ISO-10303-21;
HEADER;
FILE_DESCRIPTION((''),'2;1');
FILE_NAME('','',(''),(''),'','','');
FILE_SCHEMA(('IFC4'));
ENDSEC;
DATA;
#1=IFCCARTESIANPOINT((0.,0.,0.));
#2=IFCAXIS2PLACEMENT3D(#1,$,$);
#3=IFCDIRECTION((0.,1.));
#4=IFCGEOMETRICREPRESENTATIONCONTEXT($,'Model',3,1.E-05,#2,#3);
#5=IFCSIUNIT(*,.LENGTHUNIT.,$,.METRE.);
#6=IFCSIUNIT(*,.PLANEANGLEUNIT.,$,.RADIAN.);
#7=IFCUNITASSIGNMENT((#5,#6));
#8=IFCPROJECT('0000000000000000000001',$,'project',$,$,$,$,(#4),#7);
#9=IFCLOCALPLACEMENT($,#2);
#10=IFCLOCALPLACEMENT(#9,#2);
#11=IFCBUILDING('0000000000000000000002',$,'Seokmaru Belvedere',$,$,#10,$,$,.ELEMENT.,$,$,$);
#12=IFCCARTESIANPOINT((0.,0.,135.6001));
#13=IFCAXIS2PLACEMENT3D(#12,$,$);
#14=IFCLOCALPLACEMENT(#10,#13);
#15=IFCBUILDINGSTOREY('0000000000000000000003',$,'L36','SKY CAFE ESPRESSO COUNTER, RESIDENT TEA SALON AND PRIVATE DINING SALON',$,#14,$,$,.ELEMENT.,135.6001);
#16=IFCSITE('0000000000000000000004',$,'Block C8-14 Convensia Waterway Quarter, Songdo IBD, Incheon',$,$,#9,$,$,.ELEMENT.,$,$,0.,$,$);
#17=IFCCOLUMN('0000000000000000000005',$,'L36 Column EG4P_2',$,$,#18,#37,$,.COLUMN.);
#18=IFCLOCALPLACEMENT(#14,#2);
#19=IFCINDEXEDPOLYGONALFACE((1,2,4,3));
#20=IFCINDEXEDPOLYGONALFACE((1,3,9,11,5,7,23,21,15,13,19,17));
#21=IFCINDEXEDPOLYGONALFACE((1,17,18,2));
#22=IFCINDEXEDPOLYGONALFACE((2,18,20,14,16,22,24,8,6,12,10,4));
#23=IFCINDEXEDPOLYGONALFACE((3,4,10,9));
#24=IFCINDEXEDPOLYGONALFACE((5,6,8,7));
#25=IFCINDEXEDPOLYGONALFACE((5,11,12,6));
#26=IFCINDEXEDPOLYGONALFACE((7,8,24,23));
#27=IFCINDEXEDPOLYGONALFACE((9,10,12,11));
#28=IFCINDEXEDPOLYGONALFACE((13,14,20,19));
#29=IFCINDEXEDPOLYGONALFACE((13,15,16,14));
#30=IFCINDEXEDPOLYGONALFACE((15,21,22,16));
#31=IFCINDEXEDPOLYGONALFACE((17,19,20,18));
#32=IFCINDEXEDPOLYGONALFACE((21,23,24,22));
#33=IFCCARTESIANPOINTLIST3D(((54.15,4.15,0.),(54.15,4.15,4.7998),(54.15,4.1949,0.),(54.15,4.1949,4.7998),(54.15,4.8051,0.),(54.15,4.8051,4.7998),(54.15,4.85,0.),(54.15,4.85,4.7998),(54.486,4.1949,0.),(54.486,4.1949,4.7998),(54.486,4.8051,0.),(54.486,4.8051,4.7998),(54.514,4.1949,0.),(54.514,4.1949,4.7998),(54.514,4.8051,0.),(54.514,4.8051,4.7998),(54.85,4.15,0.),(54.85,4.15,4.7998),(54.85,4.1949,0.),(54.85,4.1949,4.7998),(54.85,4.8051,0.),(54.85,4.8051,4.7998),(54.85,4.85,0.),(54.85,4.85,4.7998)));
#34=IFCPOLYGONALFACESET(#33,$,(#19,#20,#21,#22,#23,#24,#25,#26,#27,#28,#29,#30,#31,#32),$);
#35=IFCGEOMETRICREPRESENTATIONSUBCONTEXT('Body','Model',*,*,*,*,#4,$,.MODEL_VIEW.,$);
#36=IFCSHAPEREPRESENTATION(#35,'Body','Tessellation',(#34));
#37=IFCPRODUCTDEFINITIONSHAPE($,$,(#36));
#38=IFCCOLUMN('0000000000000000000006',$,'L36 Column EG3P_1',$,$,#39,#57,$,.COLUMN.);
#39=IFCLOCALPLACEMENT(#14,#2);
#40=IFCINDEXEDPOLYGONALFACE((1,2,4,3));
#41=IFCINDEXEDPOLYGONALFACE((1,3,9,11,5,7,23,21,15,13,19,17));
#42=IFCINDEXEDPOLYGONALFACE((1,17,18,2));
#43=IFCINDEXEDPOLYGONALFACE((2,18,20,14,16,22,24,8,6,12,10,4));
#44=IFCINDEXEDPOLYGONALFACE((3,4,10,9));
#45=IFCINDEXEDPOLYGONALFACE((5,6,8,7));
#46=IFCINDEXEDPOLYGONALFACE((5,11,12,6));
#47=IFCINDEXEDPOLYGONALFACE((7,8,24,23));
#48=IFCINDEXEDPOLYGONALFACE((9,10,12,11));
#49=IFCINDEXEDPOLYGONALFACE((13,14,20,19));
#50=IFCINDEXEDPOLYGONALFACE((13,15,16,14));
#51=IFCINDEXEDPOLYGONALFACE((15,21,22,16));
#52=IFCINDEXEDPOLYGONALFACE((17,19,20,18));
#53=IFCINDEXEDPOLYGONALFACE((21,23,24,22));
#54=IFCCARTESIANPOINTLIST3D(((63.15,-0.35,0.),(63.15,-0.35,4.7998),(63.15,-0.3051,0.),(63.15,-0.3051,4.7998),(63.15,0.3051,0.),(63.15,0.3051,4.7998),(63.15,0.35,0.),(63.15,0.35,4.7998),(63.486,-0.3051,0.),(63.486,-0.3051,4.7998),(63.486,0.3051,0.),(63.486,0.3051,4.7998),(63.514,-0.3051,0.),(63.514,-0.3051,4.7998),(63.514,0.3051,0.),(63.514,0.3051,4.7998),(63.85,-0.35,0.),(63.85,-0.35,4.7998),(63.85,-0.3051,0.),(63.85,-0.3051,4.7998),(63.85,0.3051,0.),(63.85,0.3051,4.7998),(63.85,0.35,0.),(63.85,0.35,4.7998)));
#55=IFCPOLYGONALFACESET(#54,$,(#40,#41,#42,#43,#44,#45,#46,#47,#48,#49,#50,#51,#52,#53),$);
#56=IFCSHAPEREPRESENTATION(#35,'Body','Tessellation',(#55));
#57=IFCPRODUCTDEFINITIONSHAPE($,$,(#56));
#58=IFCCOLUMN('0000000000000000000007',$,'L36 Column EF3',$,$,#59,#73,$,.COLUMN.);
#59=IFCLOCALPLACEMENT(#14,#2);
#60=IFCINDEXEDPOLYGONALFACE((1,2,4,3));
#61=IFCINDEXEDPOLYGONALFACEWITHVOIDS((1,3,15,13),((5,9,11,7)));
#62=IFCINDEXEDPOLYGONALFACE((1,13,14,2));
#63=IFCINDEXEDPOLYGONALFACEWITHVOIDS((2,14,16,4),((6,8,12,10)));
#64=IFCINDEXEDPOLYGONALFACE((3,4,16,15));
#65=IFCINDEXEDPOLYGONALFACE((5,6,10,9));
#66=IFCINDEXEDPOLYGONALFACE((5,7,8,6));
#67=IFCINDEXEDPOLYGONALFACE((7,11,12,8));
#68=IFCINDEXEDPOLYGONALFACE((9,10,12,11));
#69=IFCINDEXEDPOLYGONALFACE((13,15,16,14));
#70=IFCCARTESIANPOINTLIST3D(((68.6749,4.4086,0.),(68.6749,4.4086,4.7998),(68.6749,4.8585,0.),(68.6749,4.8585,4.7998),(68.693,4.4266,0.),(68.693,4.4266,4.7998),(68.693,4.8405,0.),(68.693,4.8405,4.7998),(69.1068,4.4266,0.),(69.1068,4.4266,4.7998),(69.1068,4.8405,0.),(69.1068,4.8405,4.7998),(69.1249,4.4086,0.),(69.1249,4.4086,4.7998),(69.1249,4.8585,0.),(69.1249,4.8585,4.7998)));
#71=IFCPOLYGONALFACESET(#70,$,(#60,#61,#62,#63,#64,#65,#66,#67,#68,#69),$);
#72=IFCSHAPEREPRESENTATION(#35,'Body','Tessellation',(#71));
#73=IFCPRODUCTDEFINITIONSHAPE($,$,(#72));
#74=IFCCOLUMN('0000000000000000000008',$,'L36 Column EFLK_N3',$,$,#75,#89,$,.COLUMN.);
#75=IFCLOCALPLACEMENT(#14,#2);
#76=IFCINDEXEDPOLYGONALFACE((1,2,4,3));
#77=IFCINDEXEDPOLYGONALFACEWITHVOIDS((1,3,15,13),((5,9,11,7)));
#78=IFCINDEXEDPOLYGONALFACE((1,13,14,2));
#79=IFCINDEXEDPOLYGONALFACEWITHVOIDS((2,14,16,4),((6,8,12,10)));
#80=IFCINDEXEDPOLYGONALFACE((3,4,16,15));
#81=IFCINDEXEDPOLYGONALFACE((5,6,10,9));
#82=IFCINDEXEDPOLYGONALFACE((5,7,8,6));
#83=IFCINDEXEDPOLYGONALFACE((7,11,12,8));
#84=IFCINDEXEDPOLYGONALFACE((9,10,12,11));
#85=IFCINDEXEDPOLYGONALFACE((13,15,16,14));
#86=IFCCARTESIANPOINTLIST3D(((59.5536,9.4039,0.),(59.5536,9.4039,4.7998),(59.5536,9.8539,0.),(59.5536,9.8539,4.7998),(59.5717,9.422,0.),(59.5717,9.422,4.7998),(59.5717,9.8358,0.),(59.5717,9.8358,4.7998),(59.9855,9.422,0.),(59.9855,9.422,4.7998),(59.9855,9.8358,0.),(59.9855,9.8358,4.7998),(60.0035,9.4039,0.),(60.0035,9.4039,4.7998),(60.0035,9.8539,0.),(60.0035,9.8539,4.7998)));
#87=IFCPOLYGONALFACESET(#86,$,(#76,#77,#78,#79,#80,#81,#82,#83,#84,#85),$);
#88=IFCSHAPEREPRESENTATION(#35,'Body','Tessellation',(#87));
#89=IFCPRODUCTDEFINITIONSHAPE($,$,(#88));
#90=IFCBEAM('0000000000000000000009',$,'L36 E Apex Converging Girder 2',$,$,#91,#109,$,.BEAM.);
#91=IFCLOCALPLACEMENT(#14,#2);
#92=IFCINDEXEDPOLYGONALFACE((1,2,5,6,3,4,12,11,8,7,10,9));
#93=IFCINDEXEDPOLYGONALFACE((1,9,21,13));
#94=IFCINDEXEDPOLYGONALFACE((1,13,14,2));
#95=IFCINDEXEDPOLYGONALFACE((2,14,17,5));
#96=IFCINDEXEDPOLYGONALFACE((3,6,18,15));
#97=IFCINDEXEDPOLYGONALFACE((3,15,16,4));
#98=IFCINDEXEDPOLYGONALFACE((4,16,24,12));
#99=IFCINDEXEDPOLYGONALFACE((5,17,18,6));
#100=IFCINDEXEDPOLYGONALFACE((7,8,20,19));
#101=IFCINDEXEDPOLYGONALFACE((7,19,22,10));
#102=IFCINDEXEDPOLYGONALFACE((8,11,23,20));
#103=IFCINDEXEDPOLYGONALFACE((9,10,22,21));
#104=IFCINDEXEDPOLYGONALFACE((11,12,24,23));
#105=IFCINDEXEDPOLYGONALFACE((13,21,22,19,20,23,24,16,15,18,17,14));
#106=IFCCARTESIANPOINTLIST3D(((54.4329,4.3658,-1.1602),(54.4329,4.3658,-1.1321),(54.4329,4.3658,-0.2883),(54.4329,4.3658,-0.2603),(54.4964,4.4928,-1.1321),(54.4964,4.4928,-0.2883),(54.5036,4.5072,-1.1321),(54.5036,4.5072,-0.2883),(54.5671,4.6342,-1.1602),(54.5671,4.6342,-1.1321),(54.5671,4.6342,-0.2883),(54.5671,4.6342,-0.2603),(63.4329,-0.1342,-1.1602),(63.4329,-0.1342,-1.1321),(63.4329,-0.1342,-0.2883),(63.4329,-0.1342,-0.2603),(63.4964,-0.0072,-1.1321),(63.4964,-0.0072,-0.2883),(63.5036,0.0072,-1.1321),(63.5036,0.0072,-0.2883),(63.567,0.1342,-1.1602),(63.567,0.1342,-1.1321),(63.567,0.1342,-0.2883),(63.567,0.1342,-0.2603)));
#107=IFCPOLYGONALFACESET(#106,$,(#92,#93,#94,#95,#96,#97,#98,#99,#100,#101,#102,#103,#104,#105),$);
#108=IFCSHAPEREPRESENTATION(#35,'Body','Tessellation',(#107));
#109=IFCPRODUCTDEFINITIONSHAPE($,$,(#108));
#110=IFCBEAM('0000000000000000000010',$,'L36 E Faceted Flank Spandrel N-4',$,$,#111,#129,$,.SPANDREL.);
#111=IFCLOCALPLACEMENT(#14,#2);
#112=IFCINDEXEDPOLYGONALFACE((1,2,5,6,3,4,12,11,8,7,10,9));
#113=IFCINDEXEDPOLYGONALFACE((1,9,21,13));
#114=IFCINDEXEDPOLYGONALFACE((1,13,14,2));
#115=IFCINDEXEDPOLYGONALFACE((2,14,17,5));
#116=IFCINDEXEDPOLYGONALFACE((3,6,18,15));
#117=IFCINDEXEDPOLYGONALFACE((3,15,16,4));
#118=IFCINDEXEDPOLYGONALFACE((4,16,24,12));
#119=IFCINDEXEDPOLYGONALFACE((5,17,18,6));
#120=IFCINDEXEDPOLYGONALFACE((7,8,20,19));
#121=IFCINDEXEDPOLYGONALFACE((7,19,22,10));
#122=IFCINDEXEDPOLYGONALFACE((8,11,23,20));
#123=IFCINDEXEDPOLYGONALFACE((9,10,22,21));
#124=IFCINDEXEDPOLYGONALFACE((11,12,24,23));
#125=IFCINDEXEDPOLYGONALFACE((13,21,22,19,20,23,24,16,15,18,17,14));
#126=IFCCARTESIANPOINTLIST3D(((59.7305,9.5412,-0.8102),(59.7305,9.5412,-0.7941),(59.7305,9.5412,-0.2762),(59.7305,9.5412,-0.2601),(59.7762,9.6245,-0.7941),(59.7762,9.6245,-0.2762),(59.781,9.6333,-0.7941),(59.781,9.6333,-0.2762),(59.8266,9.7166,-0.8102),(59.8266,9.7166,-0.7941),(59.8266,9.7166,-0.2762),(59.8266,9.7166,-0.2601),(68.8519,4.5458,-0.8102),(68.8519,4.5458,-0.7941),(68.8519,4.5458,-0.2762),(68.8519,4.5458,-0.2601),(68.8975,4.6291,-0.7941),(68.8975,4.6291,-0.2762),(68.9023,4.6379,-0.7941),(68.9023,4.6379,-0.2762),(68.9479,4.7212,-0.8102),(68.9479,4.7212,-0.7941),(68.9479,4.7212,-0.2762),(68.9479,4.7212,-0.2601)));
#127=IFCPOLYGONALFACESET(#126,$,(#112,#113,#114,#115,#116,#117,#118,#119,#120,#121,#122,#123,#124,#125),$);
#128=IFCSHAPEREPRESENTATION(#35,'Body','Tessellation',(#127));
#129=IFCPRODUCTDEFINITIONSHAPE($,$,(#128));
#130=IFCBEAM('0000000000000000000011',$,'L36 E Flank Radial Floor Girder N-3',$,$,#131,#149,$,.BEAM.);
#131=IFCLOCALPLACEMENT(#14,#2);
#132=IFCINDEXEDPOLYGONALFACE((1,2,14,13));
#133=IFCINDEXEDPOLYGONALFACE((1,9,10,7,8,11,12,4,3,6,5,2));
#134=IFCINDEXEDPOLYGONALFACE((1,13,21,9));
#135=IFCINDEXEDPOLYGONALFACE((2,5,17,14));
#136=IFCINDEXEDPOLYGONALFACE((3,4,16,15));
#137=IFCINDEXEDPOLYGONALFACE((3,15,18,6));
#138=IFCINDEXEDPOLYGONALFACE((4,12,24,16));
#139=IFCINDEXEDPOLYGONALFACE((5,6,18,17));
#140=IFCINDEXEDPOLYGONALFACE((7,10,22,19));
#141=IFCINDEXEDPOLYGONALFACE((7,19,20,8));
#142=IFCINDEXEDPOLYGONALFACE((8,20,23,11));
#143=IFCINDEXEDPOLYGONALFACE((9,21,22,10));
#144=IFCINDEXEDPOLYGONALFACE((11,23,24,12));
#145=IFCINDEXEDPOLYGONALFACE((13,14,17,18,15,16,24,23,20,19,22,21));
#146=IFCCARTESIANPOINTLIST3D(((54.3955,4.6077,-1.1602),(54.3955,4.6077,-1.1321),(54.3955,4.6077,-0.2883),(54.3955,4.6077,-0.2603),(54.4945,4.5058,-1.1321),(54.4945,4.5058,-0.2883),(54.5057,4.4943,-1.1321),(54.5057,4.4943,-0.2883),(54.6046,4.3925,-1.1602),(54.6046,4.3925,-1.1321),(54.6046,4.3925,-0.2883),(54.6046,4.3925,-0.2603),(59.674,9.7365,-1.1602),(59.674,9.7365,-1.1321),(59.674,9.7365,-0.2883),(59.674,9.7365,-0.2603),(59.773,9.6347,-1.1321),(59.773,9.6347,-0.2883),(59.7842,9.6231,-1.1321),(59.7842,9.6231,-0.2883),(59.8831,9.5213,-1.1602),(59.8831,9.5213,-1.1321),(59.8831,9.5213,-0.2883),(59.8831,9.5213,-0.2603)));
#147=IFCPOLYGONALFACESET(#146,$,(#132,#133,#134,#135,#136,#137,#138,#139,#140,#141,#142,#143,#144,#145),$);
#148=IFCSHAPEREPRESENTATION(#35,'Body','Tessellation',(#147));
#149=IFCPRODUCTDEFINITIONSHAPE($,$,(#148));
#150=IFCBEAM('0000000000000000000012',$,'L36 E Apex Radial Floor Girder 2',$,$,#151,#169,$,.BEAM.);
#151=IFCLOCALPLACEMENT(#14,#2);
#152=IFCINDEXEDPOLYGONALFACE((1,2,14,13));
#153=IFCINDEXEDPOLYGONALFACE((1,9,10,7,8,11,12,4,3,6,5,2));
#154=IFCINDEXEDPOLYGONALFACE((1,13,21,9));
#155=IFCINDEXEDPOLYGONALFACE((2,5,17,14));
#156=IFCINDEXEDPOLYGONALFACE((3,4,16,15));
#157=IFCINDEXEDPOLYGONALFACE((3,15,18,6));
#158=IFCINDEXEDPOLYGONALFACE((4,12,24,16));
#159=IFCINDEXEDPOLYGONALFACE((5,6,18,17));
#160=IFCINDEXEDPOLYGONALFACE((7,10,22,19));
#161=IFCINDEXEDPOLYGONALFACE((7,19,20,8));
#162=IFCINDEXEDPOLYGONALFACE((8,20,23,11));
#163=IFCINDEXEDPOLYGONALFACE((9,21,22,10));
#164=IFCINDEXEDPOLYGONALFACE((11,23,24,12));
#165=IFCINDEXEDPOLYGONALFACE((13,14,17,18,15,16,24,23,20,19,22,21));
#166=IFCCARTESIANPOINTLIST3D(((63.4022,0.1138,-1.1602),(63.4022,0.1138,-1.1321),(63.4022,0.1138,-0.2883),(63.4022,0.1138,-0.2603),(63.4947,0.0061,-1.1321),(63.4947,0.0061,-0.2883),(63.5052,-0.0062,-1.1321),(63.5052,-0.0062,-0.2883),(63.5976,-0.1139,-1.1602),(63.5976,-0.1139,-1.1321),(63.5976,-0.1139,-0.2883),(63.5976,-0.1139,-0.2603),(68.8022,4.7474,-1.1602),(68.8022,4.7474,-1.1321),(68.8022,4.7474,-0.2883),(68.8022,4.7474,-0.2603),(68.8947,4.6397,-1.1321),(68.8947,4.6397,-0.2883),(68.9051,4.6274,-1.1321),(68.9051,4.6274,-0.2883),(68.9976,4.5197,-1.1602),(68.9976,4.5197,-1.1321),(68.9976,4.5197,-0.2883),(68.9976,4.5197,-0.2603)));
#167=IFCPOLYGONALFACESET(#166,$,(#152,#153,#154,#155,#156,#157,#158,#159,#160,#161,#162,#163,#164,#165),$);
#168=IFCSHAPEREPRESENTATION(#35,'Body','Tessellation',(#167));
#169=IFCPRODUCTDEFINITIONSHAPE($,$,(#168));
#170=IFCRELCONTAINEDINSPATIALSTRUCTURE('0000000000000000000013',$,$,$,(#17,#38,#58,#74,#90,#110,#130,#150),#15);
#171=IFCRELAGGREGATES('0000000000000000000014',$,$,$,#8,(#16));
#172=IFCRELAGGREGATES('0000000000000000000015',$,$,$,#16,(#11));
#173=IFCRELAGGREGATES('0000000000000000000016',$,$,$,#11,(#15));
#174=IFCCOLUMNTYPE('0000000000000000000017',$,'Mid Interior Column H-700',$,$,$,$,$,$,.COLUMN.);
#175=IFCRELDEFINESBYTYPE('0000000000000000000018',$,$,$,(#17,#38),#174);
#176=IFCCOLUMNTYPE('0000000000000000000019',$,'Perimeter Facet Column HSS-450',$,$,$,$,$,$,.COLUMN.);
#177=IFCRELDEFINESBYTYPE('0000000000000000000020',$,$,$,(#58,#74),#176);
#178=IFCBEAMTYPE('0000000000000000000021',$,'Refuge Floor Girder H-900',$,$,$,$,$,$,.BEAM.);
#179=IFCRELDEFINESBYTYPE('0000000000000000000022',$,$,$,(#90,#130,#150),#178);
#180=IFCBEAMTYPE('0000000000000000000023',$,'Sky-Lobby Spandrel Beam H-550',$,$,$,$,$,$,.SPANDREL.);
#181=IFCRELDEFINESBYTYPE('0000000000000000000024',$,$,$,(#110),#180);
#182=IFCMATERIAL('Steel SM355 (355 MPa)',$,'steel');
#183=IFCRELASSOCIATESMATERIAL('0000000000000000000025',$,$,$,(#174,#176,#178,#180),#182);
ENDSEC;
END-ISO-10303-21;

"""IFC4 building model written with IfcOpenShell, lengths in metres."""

from ifc_helpers import new_model, si_unit, direction, frame, origin, origin_2d, place, context, subcontext, project, spatial, hollow_rectangle, i_section, extrude, source, transform, mapped, material, material_profile, profile_set, type_object, type_shapes, element, save


model = new_model("IFC4")

# Units and contexts
model_context = context("Model", 3, precision=1e-05, world=origin(), true_north=direction((0.0, 1.0)))
body_context = subcontext(model_context, "Body", "Model", "MODEL_VIEW")
ifc_project = project(units=[si_unit("LENGTHUNIT", "METRE"), si_unit("PLANEANGLEUNIT", "RADIAN")], contexts=[model_context])

# Site, building, storey
site_placement = place(None, origin())
site = spatial("IfcSite", under=ifc_project, at=site_placement, Name="Block C8-14 Convensia Waterway Quarter, Songdo IBD, Incheon", CompositionType="ELEMENT", RefElevation=0.0)
building_placement = place(site_placement, origin())
building = spatial("IfcBuilding", under=site, at=building_placement, Name="Seokmaru Belvedere", CompositionType="ELEMENT")
storey_placement = place(building_placement, frame((0.0, 0.0, 135.6001)))
storey = spatial("IfcBuildingStorey", under=building, at=storey_placement, Name="L36", Description="SKY CAFE ESPRESSO COUNTER, RESIDENT TEA SALON AND PRIVATE DINING SALON", CompositionType="ELEMENT", Elevation=135.6001)

# Columns
ifc_material_1 = material(Name="Steel SM355 (355 MPa)", Category="steel")
ifc_material_profile_1 = material_profile(ifc_material_1, i_section(OverallWidth=0.7, OverallDepth=0.7, WebThickness=0.0281, FlangeThickness=0.0449, at=origin_2d()), Name="H-700x700x28x45")
ifc_profile_set_1 = profile_set([ifc_material_profile_1], Name="Steel SM355 (355 MPa)")
column_type_1 = type_object("IfcColumnType", Name="Mid Interior Column H-700", PredefinedType="COLUMN", material=ifc_profile_set_1)
shared_shape_1 = source(origin(), body_context, "Body", "SweptSolid", [
    extrude(i_section(OverallWidth=0.7, OverallDepth=0.7, WebThickness=0.0281, FlangeThickness=0.0449, at=origin_2d()), origin(), (0.0, 0.0, 1.0), 4.7998),
])
type_shapes(column_type_1, [shared_shape_1])
for number, where, z_axis, x_axis, name in (
    (1, (54.5, 4.5, 0.0), (0.0, 0.0, 1.0), (1.0, 0.0, 0.0), "L36 Column EG4P_2"),
    (2, (63.5, 0.0, 0.0), (0.0, 0.0, 1.0), (1.0, 0.0, 0.0), "L36 Column EG3P_1"),
):
    element("IfcColumn", number, at=place(storey_placement, frame(where, z_axis=z_axis, x_axis=x_axis)), inside=storey, type_object=column_type_1, Name=name, PredefinedType="COLUMN", context=body_context, shape_type="MappedRepresentation", body=[
        mapped(shared_shape_1, transform((0.0, 0.0, 0.0), scale=1.0)),
    ])
ifc_material_profile_2 = material_profile(ifc_material_1, hollow_rectangle(XDim=0.45, YDim=0.45, WallThickness=0.0181, at=origin_2d()), Name="HSS-450x450x18")
ifc_profile_set_2 = profile_set([ifc_material_profile_2], Name="Steel SM355 (355 MPa)")
column_type_2 = type_object("IfcColumnType", Name="Perimeter Facet Column HSS-450", PredefinedType="COLUMN", material=ifc_profile_set_2)
shared_shape_2 = source(origin(), body_context, "Body", "SweptSolid", [
    extrude(hollow_rectangle(XDim=0.45, YDim=0.45, WallThickness=0.0181, at=origin_2d()), origin(), (0.0, 0.0, 1.0), 4.7998),
])
type_shapes(column_type_2, [shared_shape_2])
for number, where, z_axis, x_axis, name in (
    (3, (68.8999, 4.6335, 0.0), (0.0, 0.0, 1.0), (1.0, 0.0, 0.0), "L36 Column EF3"),
    (4, (59.7786, 9.6289, 0.0), (0.0, 0.0, 1.0), (1.0, 0.0, 0.0), "L36 Column EFLK_N3"),
):
    element("IfcColumn", number, at=place(storey_placement, frame(where, z_axis=z_axis, x_axis=x_axis)), inside=storey, type_object=column_type_2, Name=name, PredefinedType="COLUMN", context=body_context, shape_type="MappedRepresentation", body=[
        mapped(shared_shape_2, transform((0.0, 0.0, 0.0), scale=1.0)),
    ])

# Beams
ifc_material_profile_3 = material_profile(ifc_material_1, i_section(OverallWidth=0.3, OverallDepth=0.8999, WebThickness=0.0161, FlangeThickness=0.0281, at=origin_2d()), Name="H-900x300x16x28")
ifc_profile_set_3 = profile_set([ifc_material_profile_3], Name="Steel SM355 (355 MPa)")
beam_type_1 = type_object("IfcBeamType", Name="Refuge Floor Girder H-900", PredefinedType="BEAM", material=ifc_profile_set_3)
shared_shape_3 = source(origin(), body_context, "Body", "SweptSolid", [
    extrude(i_section(OverallWidth=0.3, OverallDepth=0.8999, WebThickness=0.0161, FlangeThickness=0.0281, at=origin_2d()), origin(), (0.0, 0.0, 1.0), 10.0623),
])
beam_1_placement = place(storey_placement, frame((54.5, 4.5, -0.7102), z_axis=(0.894427, -0.447214, 0.0), x_axis=(0.447214, 0.894427, 0.0)))
element("IfcBeam", 5, at=beam_1_placement, inside=storey, type_object=beam_type_1, Name="L36 E Apex Converging Girder 2", PredefinedType="BEAM", context=body_context, shape_type="MappedRepresentation", body=[
    mapped(shared_shape_3, transform((0.0, 0.0, 0.0), scale=1.0)),
])
ifc_material_profile_4 = material_profile(ifc_material_1, i_section(OverallWidth=0.2, OverallDepth=0.55, WebThickness=0.01, FlangeThickness=0.0161, at=origin_2d()), Name="H-550x200x10x16")
ifc_profile_set_4 = profile_set([ifc_material_profile_4], Name="Steel SM355 (355 MPa)")
beam_type_2 = type_object("IfcBeamType", Name="Sky-Lobby Spandrel Beam H-550", PredefinedType="SPANDREL", material=ifc_profile_set_4)
shared_shape_4 = source(origin(), body_context, "Body", "SweptSolid", [
    extrude(i_section(OverallWidth=0.2, OverallDepth=0.55, WebThickness=0.01, FlangeThickness=0.0161, at=origin_2d()), origin(), (0.0, 0.0, 1.0), 10.3997),
])
type_shapes(beam_type_2, [shared_shape_4])
beam_2_placement = place(storey_placement, frame((59.7786, 9.6289, -0.5352), z_axis=(0.877082, -0.48034, 0.0), x_axis=(0.48034, 0.877082, 0.0)))
element("IfcBeam", 6, at=beam_2_placement, inside=storey, type_object=beam_type_2, Name="L36 E Faceted Flank Spandrel N-4", PredefinedType="SPANDREL", context=body_context, shape_type="MappedRepresentation", body=[
    mapped(shared_shape_4, transform((0.0, 0.0, 0.0), scale=1.0)),
])
shared_shape_5 = source(origin(), body_context, "Body", "SweptSolid", [
    extrude(i_section(OverallWidth=0.3, OverallDepth=0.8999, WebThickness=0.0161, FlangeThickness=0.0281, at=origin_2d()), origin(), (0.0, 0.0, 1.0), 7.3599),
])
beam_3_placement = place(storey_placement, frame((59.7786, 9.6289, -0.7102), z_axis=(-0.717201, -0.696867, 0.0), x_axis=(0.696867, -0.717201, 0.0)))
element("IfcBeam", 7, at=beam_3_placement, inside=storey, type_object=beam_type_1, Name="L36 E Flank Radial Floor Girder N-3", PredefinedType="BEAM", context=body_context, shape_type="MappedRepresentation", body=[
    mapped(shared_shape_5, transform((0.0, 0.0, 0.0), scale=1.0)),
])
shared_shape_6 = source(origin(), body_context, "Body", "SweptSolid", [
    extrude(i_section(OverallWidth=0.3, OverallDepth=0.8999, WebThickness=0.0161, FlangeThickness=0.0281, at=origin_2d()), origin(), (0.0, 0.0, 1.0), 7.1155),
])
type_shapes(beam_type_1, [shared_shape_3, shared_shape_5, shared_shape_6])
beam_4_placement = place(storey_placement, frame((68.8999, 4.6335, -0.7102), z_axis=(-0.758905, -0.651201, 0.0), x_axis=(0.651201, -0.758905, 0.0)))
element("IfcBeam", 8, at=beam_4_placement, inside=storey, type_object=beam_type_1, Name="L36 E Apex Radial Floor Girder 2", PredefinedType="BEAM", context=body_context, shape_type="MappedRepresentation", body=[
    mapped(shared_shape_6, transform((0.0, 0.0, 0.0), scale=1.0)),
])

save(model, "model.ifc")
